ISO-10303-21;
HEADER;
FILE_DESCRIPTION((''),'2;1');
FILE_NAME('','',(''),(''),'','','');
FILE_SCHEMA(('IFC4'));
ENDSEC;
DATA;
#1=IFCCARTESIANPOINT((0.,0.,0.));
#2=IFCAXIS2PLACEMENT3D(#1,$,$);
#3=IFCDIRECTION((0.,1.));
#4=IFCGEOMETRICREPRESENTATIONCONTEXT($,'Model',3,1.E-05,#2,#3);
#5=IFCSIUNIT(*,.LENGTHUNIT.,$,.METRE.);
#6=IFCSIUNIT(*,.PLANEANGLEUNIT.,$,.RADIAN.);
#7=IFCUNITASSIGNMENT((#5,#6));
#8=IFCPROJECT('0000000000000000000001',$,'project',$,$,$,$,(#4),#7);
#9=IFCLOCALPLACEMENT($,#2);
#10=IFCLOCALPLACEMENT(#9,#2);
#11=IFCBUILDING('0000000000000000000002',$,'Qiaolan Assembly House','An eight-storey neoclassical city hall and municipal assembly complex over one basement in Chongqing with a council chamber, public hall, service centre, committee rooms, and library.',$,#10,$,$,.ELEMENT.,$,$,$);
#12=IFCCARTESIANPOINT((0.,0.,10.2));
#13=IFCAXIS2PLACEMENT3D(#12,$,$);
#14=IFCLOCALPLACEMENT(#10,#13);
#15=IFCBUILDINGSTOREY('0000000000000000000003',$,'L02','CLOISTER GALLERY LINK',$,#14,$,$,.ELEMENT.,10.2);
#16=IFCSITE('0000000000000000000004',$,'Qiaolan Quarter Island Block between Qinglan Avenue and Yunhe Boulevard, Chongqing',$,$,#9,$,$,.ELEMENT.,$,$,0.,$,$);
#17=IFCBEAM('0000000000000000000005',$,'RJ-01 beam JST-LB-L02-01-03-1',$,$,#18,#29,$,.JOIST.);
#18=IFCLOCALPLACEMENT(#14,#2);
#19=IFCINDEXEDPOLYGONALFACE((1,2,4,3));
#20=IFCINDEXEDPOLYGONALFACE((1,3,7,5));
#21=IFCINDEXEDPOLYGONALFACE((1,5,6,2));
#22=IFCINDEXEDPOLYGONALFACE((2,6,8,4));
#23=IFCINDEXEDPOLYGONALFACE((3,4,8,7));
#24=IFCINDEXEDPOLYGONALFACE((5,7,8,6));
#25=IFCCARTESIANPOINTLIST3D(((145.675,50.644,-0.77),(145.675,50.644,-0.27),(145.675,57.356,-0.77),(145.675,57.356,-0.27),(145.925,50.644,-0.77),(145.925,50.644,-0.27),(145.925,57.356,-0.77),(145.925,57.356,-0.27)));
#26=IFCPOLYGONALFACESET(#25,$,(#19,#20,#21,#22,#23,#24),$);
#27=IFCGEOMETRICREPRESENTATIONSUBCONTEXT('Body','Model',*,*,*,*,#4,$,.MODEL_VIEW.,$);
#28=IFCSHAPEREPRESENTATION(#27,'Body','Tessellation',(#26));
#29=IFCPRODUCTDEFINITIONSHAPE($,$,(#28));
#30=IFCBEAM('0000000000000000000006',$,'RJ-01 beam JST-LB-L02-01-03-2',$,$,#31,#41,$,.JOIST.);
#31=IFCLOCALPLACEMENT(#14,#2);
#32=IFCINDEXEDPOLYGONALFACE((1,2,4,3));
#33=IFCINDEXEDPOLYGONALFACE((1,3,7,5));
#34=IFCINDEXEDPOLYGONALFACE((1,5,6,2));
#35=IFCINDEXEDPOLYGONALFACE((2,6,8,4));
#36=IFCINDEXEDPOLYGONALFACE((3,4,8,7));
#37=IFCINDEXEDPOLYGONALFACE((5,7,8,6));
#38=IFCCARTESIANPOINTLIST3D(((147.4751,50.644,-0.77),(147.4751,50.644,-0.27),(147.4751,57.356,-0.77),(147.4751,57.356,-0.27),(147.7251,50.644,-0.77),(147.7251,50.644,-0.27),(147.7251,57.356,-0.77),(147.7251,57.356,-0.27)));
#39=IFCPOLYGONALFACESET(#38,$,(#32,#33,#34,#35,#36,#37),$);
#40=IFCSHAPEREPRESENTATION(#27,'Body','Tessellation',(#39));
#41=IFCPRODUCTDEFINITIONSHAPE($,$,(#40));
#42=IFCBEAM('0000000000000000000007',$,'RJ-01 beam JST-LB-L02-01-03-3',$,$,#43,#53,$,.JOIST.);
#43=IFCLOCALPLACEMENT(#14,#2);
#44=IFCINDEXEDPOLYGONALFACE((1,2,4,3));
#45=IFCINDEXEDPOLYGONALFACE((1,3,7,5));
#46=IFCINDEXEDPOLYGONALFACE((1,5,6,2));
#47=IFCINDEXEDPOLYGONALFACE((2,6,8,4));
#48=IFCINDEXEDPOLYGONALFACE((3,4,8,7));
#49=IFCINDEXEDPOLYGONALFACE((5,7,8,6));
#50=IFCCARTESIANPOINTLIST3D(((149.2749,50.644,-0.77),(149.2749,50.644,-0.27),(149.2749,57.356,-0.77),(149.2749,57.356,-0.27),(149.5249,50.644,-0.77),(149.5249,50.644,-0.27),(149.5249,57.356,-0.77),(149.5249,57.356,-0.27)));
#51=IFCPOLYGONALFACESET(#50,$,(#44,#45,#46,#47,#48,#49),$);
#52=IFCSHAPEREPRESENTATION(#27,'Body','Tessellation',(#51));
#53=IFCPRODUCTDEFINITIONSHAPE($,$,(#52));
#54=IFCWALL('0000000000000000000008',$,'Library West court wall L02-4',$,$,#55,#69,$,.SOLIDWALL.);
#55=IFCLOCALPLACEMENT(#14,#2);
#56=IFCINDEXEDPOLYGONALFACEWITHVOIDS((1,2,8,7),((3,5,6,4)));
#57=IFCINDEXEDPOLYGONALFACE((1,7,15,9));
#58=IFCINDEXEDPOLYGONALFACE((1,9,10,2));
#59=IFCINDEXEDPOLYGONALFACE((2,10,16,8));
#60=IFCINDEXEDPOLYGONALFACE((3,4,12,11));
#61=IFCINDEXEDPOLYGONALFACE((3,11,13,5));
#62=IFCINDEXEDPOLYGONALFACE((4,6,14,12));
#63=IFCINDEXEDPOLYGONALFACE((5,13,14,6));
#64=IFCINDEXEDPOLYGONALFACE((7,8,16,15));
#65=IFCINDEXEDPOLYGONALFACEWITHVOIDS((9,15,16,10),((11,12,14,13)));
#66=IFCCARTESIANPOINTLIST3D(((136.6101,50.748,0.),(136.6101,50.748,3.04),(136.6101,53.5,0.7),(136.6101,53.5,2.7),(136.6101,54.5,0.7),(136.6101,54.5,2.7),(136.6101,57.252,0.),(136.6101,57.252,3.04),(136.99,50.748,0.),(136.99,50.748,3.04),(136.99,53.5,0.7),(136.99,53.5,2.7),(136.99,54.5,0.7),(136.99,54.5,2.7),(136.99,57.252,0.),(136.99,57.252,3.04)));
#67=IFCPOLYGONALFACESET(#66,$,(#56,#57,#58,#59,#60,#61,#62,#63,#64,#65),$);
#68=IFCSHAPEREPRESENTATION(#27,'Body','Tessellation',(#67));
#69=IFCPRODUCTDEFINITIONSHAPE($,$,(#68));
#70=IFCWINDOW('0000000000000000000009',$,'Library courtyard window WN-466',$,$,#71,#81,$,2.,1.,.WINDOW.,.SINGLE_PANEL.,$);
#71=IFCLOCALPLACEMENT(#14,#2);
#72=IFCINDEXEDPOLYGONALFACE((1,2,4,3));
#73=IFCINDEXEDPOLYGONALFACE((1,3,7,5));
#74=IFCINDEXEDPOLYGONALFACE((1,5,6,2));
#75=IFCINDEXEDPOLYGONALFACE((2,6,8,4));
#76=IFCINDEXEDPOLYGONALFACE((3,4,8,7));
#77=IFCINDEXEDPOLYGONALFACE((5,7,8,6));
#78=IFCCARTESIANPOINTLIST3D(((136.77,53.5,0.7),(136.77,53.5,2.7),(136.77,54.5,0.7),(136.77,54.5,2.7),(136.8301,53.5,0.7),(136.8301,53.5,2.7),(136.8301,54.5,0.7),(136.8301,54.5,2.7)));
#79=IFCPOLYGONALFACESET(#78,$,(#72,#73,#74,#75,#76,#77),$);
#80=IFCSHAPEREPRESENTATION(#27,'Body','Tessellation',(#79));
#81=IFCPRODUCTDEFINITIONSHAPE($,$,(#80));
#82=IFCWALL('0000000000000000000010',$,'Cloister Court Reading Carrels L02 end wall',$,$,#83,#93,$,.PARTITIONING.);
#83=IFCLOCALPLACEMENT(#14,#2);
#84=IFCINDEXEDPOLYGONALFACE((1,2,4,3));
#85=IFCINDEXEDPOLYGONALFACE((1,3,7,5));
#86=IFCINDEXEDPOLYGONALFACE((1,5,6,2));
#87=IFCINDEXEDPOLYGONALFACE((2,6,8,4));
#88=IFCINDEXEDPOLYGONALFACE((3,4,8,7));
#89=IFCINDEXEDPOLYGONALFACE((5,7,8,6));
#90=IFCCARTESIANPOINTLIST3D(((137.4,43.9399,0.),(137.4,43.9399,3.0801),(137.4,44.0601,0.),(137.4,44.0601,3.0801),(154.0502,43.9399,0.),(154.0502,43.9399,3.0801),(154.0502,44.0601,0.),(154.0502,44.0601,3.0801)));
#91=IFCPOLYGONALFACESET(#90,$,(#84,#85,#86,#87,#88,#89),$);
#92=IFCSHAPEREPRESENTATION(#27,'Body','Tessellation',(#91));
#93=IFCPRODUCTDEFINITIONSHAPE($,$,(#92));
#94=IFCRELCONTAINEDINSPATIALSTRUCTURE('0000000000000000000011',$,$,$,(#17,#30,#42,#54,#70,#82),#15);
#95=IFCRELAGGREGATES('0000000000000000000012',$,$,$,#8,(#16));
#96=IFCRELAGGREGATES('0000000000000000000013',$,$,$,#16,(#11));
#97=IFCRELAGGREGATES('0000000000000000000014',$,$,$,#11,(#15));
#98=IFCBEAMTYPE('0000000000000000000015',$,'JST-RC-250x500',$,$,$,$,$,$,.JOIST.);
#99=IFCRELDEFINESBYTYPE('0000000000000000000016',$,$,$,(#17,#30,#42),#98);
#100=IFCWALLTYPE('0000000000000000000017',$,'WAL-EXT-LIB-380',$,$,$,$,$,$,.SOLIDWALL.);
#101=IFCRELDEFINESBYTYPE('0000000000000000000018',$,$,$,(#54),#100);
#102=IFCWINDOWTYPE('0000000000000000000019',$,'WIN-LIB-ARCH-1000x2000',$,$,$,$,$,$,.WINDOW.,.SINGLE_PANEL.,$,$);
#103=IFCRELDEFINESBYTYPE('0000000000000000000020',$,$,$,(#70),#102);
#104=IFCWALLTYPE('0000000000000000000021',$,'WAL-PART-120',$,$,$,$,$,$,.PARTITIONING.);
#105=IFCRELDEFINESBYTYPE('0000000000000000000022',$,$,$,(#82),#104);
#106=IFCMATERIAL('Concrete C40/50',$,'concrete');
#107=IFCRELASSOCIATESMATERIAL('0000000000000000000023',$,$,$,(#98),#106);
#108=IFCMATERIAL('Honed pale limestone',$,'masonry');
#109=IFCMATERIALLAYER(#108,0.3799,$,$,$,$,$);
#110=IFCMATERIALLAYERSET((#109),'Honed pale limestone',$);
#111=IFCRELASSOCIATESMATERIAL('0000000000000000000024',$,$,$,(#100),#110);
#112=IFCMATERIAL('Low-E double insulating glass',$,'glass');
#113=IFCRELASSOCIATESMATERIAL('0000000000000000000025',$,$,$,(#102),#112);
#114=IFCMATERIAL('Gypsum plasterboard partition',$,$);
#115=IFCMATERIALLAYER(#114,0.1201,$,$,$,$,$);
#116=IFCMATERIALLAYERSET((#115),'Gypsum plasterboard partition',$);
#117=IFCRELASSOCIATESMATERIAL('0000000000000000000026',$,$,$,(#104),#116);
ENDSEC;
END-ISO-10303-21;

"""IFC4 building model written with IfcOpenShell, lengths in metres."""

from ifc_helpers import new_model, si_unit, direction, frame, frame_2d, origin, origin_2d, place, context, subcontext, project, spatial, rectangle, extrude, material, layer, layer_set, material_profile, profile_set, type_object, element, fill, save


model = new_model("IFC4")

# Units and contexts
model_context = context("Model", 3, precision=1e-05, world=origin(), true_north=direction((0.0, 1.0)))
body_context = subcontext(model_context, "Body", "Model", "MODEL_VIEW")
ifc_project = project(units=[si_unit("LENGTHUNIT", "METRE"), si_unit("PLANEANGLEUNIT", "RADIAN")], contexts=[model_context])

# Site, building, storey
site_placement = place(None, origin())
site = spatial("IfcSite", under=ifc_project, at=site_placement, Name="Qiaolan Quarter Island Block between Qinglan Avenue and Yunhe Boulevard, Chongqing", CompositionType="ELEMENT", RefElevation=0.0)
building_placement = place(site_placement, origin())
building = spatial("IfcBuilding", under=site, at=building_placement, Name="Qiaolan Assembly House", Description="An eight-storey neoclassical city hall and municipal assembly complex over one basement in Chongqing with a council chamber, public hall, service centre, committee rooms, and library.", CompositionType="ELEMENT")
storey_placement = place(building_placement, frame((0.0, 0.0, 10.2)))
storey = spatial("IfcBuildingStorey", under=building, at=storey_placement, Name="L02", Description="CLOISTER GALLERY LINK", CompositionType="ELEMENT", Elevation=10.2)

# Shared definitions
ifc_material_1 = material(Name="Concrete C40/50", Category="concrete")

# Beams
ifc_material_profile_1 = material_profile(ifc_material_1, rectangle(XDim=0.25, YDim=0.5, at=origin_2d()), Name="RCB 250x500")
ifc_profile_set_1 = profile_set([ifc_material_profile_1], Name="Concrete C40/50")
beam_type_1 = type_object("IfcBeamType", Name="JST-RC-250x500", PredefinedType="JOIST", material=ifc_profile_set_1)
for number, where, z_axis, x_axis, name in (
    (1, (145.8, 50.644, -0.52), (0.0, 1.0, 0.0), (-1.0, 0.0, 0.0), "RJ-01 beam JST-LB-L02-01-03-1"),
    (2, (147.6001, 50.644, -0.52), (0.0, 1.0, 0.0), (-1.0, 0.0, 0.0), "RJ-01 beam JST-LB-L02-01-03-2"),
    (3, (149.3999, 50.644, -0.52), (0.0, 1.0, 0.0), (-1.0, 0.0, 0.0), "RJ-01 beam JST-LB-L02-01-03-3"),
):
    element("IfcBeam", number, at=place(storey_placement, frame(where, z_axis=z_axis, x_axis=x_axis)), inside=storey, type_object=beam_type_1, Name=name, PredefinedType="JOIST", context=body_context, shape_type="SweptSolid", body=[
        extrude(rectangle(XDim=0.25, YDim=0.5, at=origin_2d()), origin(), (0.0, 0.0, 1.0), 6.7119),
    ])

# Wall, opening, window
ifc_material_2 = material(Name="Honed pale limestone", Category="masonry")
ifc_layer_1 = layer(ifc_material_2, 0.3799)
ifc_layer_set_1 = layer_set([ifc_layer_1], Name="Honed pale limestone")
wall_type_1 = type_object("IfcWallType", Name="WAL-EXT-LIB-380", PredefinedType="SOLIDWALL", material=ifc_layer_set_1)
wall_1_placement = place(storey_placement, frame((136.8, 50.748, 0.0), z_axis=(0.0, 0.0, 1.0), x_axis=(0.0, 1.0, 0.0)))
wall_1 = element("IfcWall", 4, at=wall_1_placement, inside=storey, type_object=wall_type_1, Name="Library West court wall L02-4", PredefinedType="SOLIDWALL", context=body_context, shape_type="SweptSolid", body=[
    extrude(rectangle(XDim=6.5039, YDim=0.3799, at=frame_2d((3.252, 0.0))), origin(), (0.0, 0.0, 1.0), 3.04),
])
opening_placement = place(wall_1_placement, frame((2.752, 0.0, 0.7)))
opening = element("IfcOpeningElement", 5, at=opening_placement, cuts=wall_1, PredefinedType="OPENING", context=body_context, shape_type="SweptSolid", body=[
    extrude(rectangle(XDim=1.0, YDim=2.0, at=frame_2d((0.5, 1.0))), frame((0.0, 0.2, 0.0), z_axis=(0.0, -1.0, 0.0), x_axis=(1.0, 0.0, 0.0)), (0.0, 0.0, 1.0), 0.3999),
])
ifc_material_3 = material(Name="Low-E double insulating glass", Category="glass")
window_type = type_object("IfcWindowType", Name="WIN-LIB-ARCH-1000x2000", PartitioningType="SINGLE_PANEL", PredefinedType="WINDOW", material=ifc_material_3)
window_placement = place(opening_placement, origin())
window = element("IfcWindow", 6, at=window_placement, inside=storey, type_object=window_type, Name="Library courtyard window WN-466", OverallHeight=2.0, OverallWidth=1.0, PartitioningType="SINGLE_PANEL", PredefinedType="WINDOW", context=body_context, shape_type="SweptSolid", body=[
    extrude(rectangle(XDim=1.0, YDim=2.0, at=frame_2d((0.5, 1.0))), frame((0.0, 0.03, 0.0), z_axis=(0.0, -1.0, 0.0), x_axis=(1.0, 0.0, 0.0)), (0.0, 0.0, 1.0), 0.0601),
])
fill(opening, window)

# Wall
ifc_material_4 = material(Name="Gypsum plasterboard partition")
ifc_layer_2 = layer(ifc_material_4, 0.1201)
ifc_layer_set_2 = layer_set([ifc_layer_2], Name="Gypsum plasterboard partition")
wall_type_2 = type_object("IfcWallType", Name="WAL-PART-120", PredefinedType="PARTITIONING", material=ifc_layer_set_2)
wall_2_placement = place(storey_placement, frame((137.3999, 44.0, 0.0), z_axis=(0.0, 0.0, 1.0), x_axis=(1.0, 0.0, 0.0)))
element("IfcWall", 7, at=wall_2_placement, inside=storey, type_object=wall_type_2, Name="Cloister Court Reading Carrels L02 end wall", PredefinedType="PARTITIONING", context=body_context, shape_type="SweptSolid", body=[
    extrude(rectangle(XDim=16.6501, YDim=0.1201, at=frame_2d((8.3252, 0.0))), origin(), (0.0, 0.0, 1.0), 3.0801),
])

save(model, "model.ifc")
